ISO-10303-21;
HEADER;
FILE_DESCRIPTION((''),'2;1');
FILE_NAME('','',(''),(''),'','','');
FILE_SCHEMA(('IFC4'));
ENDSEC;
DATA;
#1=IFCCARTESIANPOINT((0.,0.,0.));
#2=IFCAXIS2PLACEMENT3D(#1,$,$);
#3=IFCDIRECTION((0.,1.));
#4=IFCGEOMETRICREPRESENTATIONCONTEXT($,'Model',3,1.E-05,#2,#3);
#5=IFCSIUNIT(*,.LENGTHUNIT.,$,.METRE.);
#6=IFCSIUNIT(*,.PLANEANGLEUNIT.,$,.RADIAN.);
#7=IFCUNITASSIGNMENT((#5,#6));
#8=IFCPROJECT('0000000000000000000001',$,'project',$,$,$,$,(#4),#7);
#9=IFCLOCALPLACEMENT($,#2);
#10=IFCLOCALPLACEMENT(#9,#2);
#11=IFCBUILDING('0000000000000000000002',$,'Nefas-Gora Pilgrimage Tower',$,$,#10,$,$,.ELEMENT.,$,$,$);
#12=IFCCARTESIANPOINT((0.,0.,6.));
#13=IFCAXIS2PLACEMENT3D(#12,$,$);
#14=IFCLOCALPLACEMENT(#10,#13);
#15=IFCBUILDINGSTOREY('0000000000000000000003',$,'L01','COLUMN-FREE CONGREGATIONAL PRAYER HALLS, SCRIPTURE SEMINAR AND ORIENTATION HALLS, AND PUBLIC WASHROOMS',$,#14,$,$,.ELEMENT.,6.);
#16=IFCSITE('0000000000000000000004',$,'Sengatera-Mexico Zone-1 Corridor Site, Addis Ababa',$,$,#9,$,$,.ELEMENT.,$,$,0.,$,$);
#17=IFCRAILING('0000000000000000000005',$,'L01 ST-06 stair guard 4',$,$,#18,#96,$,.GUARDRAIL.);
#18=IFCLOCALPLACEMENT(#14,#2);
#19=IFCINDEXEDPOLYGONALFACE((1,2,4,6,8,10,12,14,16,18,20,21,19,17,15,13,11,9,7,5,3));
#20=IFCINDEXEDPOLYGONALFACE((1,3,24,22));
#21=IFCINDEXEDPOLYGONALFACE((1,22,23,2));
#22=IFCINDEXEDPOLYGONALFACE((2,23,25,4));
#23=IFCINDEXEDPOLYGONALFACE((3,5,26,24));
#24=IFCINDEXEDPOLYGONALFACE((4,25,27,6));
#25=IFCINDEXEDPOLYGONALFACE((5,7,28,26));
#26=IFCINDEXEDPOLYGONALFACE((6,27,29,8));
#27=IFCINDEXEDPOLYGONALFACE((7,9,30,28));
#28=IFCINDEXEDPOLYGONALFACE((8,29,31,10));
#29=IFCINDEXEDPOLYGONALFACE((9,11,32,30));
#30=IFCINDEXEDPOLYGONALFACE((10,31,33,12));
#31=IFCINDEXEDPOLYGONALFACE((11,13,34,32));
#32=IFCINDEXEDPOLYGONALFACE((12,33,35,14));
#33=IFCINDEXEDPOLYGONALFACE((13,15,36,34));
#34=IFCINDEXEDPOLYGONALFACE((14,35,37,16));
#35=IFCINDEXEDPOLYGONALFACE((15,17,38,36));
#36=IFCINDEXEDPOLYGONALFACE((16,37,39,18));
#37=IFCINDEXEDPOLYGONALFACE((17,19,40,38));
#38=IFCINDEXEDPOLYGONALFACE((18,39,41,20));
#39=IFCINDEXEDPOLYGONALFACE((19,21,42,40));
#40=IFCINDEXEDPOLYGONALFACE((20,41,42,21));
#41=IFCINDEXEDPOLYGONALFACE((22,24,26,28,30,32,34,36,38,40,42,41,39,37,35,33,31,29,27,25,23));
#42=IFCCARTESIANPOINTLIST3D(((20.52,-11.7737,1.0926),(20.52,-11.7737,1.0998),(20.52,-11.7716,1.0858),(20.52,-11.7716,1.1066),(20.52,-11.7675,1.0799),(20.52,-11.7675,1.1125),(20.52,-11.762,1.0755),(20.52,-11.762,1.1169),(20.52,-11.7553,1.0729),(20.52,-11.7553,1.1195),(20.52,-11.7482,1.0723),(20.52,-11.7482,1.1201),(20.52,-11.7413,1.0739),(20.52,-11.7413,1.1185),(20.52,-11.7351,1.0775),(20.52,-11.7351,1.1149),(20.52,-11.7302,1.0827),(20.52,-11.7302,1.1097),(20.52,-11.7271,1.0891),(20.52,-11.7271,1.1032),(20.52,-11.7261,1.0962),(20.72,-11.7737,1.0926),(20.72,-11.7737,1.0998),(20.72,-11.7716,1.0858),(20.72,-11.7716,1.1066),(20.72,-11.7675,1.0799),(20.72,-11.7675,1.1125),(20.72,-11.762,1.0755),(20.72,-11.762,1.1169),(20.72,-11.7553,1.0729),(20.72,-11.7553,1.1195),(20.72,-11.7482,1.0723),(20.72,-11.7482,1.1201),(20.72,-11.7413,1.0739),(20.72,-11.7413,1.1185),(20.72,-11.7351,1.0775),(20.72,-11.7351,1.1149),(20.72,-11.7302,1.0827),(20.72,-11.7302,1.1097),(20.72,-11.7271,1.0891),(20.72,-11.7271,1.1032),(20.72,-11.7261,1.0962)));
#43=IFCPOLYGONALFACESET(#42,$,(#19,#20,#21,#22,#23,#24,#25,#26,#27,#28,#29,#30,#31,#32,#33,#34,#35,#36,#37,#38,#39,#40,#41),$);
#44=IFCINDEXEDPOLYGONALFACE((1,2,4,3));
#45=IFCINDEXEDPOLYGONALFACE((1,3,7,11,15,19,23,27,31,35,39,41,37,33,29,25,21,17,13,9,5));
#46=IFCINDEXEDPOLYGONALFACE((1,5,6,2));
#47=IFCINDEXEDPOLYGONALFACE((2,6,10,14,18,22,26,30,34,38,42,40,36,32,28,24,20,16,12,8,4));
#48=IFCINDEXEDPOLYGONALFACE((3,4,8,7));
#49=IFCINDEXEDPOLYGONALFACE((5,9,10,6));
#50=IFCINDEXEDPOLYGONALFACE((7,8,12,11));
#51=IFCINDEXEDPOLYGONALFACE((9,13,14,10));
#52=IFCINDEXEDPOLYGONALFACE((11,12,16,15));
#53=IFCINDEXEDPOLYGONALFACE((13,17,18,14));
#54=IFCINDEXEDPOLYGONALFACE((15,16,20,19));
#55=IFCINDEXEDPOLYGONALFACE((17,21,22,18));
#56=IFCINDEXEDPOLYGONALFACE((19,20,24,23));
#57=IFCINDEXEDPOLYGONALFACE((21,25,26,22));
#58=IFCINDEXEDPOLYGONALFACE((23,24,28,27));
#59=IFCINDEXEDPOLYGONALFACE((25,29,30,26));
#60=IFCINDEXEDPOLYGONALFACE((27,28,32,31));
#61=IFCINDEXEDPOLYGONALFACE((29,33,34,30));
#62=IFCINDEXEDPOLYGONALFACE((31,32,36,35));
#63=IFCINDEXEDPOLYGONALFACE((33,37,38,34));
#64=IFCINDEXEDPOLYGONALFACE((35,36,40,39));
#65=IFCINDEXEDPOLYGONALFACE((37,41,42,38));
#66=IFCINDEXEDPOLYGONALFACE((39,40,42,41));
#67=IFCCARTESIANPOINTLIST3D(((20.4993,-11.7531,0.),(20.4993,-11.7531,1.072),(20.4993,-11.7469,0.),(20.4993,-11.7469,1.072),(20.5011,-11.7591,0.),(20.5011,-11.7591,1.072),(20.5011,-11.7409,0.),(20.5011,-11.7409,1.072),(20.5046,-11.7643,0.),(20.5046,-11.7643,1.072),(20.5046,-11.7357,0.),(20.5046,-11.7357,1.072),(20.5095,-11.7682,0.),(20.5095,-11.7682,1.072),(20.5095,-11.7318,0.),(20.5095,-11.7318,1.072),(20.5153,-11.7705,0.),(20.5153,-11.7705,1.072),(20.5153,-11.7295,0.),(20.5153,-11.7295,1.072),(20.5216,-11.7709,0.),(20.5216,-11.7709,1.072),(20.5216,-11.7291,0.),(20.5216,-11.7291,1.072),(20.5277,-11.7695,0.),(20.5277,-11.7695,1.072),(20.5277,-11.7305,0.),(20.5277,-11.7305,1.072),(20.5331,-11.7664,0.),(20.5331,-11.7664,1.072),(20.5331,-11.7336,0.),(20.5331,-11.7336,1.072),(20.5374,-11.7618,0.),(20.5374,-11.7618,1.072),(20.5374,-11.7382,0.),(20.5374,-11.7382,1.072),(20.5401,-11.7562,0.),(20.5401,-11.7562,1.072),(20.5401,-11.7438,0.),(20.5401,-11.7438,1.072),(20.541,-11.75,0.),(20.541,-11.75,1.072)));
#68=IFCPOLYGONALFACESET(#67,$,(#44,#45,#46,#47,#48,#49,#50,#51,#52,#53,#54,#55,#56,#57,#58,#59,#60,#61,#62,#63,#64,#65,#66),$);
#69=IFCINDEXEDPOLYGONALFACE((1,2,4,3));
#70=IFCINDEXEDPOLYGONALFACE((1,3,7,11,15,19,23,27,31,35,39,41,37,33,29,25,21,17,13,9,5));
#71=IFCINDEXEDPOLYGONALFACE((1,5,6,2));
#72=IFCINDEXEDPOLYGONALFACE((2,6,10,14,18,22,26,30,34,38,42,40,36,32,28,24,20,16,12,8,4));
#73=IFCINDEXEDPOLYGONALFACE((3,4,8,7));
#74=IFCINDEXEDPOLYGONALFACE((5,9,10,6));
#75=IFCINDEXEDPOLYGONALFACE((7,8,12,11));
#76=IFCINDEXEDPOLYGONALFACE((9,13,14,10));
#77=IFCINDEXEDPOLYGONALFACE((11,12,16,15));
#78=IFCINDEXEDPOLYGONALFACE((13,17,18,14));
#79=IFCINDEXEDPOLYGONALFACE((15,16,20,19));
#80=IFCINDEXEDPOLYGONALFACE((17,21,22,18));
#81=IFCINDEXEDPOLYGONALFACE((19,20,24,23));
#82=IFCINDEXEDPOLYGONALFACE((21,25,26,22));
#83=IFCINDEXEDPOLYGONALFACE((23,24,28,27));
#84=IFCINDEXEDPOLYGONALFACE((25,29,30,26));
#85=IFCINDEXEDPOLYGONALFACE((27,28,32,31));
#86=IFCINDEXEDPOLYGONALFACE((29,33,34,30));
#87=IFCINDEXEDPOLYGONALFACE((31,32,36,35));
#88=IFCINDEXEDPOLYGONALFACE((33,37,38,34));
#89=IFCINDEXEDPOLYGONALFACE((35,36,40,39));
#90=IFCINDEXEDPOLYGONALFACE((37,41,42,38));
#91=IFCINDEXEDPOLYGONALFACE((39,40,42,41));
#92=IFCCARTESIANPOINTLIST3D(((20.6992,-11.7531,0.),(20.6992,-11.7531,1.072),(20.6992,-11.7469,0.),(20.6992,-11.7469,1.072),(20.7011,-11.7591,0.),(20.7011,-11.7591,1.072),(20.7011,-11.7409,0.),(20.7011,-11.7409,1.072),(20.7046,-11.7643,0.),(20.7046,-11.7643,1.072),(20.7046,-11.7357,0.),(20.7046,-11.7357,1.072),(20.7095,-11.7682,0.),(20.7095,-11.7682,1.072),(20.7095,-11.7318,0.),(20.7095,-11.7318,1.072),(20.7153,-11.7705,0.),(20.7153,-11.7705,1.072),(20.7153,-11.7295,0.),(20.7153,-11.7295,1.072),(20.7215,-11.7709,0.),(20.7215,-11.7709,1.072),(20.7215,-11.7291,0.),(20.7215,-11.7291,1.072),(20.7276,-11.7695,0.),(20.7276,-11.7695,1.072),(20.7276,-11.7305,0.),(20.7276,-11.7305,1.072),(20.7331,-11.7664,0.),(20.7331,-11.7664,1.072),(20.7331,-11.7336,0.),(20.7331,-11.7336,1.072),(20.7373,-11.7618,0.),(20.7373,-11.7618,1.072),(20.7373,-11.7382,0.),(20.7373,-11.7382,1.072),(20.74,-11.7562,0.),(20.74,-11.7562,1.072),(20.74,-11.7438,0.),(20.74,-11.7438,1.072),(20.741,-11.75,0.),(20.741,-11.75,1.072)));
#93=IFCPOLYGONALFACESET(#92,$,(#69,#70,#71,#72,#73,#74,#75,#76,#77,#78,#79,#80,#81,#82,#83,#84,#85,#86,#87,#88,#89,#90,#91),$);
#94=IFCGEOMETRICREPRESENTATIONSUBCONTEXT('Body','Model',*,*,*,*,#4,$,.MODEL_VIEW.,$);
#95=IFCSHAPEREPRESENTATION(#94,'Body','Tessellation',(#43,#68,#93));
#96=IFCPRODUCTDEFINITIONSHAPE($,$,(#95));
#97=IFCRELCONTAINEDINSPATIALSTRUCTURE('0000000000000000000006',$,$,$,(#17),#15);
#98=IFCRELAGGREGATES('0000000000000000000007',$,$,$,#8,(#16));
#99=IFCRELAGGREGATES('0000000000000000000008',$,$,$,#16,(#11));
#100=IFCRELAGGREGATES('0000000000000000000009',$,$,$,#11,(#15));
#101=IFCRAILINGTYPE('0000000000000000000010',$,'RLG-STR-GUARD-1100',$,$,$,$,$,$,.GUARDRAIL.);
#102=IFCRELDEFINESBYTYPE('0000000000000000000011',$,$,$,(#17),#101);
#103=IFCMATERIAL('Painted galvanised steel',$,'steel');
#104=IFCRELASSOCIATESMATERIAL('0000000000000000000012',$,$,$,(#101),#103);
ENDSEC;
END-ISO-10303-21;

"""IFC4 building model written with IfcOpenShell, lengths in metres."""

from ifc_helpers import new_model, si_unit, direction, frame, origin, origin_2d, place, context, subcontext, project, spatial, circle, extrude, material, type_object, element, save


model = new_model("IFC4")

# Units and contexts
model_context = context("Model", 3, precision=1e-05, world=origin(), true_north=direction((0.0, 1.0)))
body_context = subcontext(model_context, "Body", "Model", "MODEL_VIEW")
ifc_project = project(units=[si_unit("LENGTHUNIT", "METRE"), si_unit("PLANEANGLEUNIT", "RADIAN")], contexts=[model_context])

# Site, building, storey
site_placement = place(None, origin())
site = spatial("IfcSite", under=ifc_project, at=site_placement, Name="Sengatera-Mexico Zone-1 Corridor Site, Addis Ababa", CompositionType="ELEMENT", RefElevation=0.0)
building_placement = place(site_placement, origin())
building = spatial("IfcBuilding", under=site, at=building_placement, Name="Nefas-Gora Pilgrimage Tower", CompositionType="ELEMENT")
storey_placement = place(building_placement, frame((0.0, 0.0, 6.0)))
storey = spatial("IfcBuildingStorey", under=building, at=storey_placement, Name="L01", Description="COLUMN-FREE CONGREGATIONAL PRAYER HALLS, SCRIPTURE SEMINAR AND ORIENTATION HALLS, AND PUBLIC WASHROOMS", CompositionType="ELEMENT", Elevation=6.0)

# Railing
ifc_material_1 = material(Name="Painted galvanised steel", Category="steel")
railing_type_1 = type_object("IfcRailingType", Name="RLG-STR-GUARD-1100", PredefinedType="GUARDRAIL", material=ifc_material_1)
railing_1_placement = place(storey_placement, frame((20.52, -11.75, 0.0)))
element("IfcRailing", 1, at=railing_1_placement, inside=storey, type_object=railing_type_1, Name="L01 ST-06 stair guard 4", PredefinedType="GUARDRAIL", context=body_context, shape_type="SweptSolid", body=[
    extrude(circle(Radius=0.0239, at=origin_2d()), frame((0.0, 0.0, 1.0962), z_axis=(1.0, 0.0, 0.0), x_axis=(0.0, 1.0, 0.0)), (0.0, 0.0, 1.0), 0.2),
    extrude(circle(Radius=0.021, at=origin_2d()), origin(), (0.0, 0.0, 1.0), 1.072),
    extrude(circle(Radius=0.021, at=origin_2d()), frame((0.2, 0.0, 0.0)), (0.0, 0.0, 1.0), 1.072),
])

save(model, "model.ifc")
